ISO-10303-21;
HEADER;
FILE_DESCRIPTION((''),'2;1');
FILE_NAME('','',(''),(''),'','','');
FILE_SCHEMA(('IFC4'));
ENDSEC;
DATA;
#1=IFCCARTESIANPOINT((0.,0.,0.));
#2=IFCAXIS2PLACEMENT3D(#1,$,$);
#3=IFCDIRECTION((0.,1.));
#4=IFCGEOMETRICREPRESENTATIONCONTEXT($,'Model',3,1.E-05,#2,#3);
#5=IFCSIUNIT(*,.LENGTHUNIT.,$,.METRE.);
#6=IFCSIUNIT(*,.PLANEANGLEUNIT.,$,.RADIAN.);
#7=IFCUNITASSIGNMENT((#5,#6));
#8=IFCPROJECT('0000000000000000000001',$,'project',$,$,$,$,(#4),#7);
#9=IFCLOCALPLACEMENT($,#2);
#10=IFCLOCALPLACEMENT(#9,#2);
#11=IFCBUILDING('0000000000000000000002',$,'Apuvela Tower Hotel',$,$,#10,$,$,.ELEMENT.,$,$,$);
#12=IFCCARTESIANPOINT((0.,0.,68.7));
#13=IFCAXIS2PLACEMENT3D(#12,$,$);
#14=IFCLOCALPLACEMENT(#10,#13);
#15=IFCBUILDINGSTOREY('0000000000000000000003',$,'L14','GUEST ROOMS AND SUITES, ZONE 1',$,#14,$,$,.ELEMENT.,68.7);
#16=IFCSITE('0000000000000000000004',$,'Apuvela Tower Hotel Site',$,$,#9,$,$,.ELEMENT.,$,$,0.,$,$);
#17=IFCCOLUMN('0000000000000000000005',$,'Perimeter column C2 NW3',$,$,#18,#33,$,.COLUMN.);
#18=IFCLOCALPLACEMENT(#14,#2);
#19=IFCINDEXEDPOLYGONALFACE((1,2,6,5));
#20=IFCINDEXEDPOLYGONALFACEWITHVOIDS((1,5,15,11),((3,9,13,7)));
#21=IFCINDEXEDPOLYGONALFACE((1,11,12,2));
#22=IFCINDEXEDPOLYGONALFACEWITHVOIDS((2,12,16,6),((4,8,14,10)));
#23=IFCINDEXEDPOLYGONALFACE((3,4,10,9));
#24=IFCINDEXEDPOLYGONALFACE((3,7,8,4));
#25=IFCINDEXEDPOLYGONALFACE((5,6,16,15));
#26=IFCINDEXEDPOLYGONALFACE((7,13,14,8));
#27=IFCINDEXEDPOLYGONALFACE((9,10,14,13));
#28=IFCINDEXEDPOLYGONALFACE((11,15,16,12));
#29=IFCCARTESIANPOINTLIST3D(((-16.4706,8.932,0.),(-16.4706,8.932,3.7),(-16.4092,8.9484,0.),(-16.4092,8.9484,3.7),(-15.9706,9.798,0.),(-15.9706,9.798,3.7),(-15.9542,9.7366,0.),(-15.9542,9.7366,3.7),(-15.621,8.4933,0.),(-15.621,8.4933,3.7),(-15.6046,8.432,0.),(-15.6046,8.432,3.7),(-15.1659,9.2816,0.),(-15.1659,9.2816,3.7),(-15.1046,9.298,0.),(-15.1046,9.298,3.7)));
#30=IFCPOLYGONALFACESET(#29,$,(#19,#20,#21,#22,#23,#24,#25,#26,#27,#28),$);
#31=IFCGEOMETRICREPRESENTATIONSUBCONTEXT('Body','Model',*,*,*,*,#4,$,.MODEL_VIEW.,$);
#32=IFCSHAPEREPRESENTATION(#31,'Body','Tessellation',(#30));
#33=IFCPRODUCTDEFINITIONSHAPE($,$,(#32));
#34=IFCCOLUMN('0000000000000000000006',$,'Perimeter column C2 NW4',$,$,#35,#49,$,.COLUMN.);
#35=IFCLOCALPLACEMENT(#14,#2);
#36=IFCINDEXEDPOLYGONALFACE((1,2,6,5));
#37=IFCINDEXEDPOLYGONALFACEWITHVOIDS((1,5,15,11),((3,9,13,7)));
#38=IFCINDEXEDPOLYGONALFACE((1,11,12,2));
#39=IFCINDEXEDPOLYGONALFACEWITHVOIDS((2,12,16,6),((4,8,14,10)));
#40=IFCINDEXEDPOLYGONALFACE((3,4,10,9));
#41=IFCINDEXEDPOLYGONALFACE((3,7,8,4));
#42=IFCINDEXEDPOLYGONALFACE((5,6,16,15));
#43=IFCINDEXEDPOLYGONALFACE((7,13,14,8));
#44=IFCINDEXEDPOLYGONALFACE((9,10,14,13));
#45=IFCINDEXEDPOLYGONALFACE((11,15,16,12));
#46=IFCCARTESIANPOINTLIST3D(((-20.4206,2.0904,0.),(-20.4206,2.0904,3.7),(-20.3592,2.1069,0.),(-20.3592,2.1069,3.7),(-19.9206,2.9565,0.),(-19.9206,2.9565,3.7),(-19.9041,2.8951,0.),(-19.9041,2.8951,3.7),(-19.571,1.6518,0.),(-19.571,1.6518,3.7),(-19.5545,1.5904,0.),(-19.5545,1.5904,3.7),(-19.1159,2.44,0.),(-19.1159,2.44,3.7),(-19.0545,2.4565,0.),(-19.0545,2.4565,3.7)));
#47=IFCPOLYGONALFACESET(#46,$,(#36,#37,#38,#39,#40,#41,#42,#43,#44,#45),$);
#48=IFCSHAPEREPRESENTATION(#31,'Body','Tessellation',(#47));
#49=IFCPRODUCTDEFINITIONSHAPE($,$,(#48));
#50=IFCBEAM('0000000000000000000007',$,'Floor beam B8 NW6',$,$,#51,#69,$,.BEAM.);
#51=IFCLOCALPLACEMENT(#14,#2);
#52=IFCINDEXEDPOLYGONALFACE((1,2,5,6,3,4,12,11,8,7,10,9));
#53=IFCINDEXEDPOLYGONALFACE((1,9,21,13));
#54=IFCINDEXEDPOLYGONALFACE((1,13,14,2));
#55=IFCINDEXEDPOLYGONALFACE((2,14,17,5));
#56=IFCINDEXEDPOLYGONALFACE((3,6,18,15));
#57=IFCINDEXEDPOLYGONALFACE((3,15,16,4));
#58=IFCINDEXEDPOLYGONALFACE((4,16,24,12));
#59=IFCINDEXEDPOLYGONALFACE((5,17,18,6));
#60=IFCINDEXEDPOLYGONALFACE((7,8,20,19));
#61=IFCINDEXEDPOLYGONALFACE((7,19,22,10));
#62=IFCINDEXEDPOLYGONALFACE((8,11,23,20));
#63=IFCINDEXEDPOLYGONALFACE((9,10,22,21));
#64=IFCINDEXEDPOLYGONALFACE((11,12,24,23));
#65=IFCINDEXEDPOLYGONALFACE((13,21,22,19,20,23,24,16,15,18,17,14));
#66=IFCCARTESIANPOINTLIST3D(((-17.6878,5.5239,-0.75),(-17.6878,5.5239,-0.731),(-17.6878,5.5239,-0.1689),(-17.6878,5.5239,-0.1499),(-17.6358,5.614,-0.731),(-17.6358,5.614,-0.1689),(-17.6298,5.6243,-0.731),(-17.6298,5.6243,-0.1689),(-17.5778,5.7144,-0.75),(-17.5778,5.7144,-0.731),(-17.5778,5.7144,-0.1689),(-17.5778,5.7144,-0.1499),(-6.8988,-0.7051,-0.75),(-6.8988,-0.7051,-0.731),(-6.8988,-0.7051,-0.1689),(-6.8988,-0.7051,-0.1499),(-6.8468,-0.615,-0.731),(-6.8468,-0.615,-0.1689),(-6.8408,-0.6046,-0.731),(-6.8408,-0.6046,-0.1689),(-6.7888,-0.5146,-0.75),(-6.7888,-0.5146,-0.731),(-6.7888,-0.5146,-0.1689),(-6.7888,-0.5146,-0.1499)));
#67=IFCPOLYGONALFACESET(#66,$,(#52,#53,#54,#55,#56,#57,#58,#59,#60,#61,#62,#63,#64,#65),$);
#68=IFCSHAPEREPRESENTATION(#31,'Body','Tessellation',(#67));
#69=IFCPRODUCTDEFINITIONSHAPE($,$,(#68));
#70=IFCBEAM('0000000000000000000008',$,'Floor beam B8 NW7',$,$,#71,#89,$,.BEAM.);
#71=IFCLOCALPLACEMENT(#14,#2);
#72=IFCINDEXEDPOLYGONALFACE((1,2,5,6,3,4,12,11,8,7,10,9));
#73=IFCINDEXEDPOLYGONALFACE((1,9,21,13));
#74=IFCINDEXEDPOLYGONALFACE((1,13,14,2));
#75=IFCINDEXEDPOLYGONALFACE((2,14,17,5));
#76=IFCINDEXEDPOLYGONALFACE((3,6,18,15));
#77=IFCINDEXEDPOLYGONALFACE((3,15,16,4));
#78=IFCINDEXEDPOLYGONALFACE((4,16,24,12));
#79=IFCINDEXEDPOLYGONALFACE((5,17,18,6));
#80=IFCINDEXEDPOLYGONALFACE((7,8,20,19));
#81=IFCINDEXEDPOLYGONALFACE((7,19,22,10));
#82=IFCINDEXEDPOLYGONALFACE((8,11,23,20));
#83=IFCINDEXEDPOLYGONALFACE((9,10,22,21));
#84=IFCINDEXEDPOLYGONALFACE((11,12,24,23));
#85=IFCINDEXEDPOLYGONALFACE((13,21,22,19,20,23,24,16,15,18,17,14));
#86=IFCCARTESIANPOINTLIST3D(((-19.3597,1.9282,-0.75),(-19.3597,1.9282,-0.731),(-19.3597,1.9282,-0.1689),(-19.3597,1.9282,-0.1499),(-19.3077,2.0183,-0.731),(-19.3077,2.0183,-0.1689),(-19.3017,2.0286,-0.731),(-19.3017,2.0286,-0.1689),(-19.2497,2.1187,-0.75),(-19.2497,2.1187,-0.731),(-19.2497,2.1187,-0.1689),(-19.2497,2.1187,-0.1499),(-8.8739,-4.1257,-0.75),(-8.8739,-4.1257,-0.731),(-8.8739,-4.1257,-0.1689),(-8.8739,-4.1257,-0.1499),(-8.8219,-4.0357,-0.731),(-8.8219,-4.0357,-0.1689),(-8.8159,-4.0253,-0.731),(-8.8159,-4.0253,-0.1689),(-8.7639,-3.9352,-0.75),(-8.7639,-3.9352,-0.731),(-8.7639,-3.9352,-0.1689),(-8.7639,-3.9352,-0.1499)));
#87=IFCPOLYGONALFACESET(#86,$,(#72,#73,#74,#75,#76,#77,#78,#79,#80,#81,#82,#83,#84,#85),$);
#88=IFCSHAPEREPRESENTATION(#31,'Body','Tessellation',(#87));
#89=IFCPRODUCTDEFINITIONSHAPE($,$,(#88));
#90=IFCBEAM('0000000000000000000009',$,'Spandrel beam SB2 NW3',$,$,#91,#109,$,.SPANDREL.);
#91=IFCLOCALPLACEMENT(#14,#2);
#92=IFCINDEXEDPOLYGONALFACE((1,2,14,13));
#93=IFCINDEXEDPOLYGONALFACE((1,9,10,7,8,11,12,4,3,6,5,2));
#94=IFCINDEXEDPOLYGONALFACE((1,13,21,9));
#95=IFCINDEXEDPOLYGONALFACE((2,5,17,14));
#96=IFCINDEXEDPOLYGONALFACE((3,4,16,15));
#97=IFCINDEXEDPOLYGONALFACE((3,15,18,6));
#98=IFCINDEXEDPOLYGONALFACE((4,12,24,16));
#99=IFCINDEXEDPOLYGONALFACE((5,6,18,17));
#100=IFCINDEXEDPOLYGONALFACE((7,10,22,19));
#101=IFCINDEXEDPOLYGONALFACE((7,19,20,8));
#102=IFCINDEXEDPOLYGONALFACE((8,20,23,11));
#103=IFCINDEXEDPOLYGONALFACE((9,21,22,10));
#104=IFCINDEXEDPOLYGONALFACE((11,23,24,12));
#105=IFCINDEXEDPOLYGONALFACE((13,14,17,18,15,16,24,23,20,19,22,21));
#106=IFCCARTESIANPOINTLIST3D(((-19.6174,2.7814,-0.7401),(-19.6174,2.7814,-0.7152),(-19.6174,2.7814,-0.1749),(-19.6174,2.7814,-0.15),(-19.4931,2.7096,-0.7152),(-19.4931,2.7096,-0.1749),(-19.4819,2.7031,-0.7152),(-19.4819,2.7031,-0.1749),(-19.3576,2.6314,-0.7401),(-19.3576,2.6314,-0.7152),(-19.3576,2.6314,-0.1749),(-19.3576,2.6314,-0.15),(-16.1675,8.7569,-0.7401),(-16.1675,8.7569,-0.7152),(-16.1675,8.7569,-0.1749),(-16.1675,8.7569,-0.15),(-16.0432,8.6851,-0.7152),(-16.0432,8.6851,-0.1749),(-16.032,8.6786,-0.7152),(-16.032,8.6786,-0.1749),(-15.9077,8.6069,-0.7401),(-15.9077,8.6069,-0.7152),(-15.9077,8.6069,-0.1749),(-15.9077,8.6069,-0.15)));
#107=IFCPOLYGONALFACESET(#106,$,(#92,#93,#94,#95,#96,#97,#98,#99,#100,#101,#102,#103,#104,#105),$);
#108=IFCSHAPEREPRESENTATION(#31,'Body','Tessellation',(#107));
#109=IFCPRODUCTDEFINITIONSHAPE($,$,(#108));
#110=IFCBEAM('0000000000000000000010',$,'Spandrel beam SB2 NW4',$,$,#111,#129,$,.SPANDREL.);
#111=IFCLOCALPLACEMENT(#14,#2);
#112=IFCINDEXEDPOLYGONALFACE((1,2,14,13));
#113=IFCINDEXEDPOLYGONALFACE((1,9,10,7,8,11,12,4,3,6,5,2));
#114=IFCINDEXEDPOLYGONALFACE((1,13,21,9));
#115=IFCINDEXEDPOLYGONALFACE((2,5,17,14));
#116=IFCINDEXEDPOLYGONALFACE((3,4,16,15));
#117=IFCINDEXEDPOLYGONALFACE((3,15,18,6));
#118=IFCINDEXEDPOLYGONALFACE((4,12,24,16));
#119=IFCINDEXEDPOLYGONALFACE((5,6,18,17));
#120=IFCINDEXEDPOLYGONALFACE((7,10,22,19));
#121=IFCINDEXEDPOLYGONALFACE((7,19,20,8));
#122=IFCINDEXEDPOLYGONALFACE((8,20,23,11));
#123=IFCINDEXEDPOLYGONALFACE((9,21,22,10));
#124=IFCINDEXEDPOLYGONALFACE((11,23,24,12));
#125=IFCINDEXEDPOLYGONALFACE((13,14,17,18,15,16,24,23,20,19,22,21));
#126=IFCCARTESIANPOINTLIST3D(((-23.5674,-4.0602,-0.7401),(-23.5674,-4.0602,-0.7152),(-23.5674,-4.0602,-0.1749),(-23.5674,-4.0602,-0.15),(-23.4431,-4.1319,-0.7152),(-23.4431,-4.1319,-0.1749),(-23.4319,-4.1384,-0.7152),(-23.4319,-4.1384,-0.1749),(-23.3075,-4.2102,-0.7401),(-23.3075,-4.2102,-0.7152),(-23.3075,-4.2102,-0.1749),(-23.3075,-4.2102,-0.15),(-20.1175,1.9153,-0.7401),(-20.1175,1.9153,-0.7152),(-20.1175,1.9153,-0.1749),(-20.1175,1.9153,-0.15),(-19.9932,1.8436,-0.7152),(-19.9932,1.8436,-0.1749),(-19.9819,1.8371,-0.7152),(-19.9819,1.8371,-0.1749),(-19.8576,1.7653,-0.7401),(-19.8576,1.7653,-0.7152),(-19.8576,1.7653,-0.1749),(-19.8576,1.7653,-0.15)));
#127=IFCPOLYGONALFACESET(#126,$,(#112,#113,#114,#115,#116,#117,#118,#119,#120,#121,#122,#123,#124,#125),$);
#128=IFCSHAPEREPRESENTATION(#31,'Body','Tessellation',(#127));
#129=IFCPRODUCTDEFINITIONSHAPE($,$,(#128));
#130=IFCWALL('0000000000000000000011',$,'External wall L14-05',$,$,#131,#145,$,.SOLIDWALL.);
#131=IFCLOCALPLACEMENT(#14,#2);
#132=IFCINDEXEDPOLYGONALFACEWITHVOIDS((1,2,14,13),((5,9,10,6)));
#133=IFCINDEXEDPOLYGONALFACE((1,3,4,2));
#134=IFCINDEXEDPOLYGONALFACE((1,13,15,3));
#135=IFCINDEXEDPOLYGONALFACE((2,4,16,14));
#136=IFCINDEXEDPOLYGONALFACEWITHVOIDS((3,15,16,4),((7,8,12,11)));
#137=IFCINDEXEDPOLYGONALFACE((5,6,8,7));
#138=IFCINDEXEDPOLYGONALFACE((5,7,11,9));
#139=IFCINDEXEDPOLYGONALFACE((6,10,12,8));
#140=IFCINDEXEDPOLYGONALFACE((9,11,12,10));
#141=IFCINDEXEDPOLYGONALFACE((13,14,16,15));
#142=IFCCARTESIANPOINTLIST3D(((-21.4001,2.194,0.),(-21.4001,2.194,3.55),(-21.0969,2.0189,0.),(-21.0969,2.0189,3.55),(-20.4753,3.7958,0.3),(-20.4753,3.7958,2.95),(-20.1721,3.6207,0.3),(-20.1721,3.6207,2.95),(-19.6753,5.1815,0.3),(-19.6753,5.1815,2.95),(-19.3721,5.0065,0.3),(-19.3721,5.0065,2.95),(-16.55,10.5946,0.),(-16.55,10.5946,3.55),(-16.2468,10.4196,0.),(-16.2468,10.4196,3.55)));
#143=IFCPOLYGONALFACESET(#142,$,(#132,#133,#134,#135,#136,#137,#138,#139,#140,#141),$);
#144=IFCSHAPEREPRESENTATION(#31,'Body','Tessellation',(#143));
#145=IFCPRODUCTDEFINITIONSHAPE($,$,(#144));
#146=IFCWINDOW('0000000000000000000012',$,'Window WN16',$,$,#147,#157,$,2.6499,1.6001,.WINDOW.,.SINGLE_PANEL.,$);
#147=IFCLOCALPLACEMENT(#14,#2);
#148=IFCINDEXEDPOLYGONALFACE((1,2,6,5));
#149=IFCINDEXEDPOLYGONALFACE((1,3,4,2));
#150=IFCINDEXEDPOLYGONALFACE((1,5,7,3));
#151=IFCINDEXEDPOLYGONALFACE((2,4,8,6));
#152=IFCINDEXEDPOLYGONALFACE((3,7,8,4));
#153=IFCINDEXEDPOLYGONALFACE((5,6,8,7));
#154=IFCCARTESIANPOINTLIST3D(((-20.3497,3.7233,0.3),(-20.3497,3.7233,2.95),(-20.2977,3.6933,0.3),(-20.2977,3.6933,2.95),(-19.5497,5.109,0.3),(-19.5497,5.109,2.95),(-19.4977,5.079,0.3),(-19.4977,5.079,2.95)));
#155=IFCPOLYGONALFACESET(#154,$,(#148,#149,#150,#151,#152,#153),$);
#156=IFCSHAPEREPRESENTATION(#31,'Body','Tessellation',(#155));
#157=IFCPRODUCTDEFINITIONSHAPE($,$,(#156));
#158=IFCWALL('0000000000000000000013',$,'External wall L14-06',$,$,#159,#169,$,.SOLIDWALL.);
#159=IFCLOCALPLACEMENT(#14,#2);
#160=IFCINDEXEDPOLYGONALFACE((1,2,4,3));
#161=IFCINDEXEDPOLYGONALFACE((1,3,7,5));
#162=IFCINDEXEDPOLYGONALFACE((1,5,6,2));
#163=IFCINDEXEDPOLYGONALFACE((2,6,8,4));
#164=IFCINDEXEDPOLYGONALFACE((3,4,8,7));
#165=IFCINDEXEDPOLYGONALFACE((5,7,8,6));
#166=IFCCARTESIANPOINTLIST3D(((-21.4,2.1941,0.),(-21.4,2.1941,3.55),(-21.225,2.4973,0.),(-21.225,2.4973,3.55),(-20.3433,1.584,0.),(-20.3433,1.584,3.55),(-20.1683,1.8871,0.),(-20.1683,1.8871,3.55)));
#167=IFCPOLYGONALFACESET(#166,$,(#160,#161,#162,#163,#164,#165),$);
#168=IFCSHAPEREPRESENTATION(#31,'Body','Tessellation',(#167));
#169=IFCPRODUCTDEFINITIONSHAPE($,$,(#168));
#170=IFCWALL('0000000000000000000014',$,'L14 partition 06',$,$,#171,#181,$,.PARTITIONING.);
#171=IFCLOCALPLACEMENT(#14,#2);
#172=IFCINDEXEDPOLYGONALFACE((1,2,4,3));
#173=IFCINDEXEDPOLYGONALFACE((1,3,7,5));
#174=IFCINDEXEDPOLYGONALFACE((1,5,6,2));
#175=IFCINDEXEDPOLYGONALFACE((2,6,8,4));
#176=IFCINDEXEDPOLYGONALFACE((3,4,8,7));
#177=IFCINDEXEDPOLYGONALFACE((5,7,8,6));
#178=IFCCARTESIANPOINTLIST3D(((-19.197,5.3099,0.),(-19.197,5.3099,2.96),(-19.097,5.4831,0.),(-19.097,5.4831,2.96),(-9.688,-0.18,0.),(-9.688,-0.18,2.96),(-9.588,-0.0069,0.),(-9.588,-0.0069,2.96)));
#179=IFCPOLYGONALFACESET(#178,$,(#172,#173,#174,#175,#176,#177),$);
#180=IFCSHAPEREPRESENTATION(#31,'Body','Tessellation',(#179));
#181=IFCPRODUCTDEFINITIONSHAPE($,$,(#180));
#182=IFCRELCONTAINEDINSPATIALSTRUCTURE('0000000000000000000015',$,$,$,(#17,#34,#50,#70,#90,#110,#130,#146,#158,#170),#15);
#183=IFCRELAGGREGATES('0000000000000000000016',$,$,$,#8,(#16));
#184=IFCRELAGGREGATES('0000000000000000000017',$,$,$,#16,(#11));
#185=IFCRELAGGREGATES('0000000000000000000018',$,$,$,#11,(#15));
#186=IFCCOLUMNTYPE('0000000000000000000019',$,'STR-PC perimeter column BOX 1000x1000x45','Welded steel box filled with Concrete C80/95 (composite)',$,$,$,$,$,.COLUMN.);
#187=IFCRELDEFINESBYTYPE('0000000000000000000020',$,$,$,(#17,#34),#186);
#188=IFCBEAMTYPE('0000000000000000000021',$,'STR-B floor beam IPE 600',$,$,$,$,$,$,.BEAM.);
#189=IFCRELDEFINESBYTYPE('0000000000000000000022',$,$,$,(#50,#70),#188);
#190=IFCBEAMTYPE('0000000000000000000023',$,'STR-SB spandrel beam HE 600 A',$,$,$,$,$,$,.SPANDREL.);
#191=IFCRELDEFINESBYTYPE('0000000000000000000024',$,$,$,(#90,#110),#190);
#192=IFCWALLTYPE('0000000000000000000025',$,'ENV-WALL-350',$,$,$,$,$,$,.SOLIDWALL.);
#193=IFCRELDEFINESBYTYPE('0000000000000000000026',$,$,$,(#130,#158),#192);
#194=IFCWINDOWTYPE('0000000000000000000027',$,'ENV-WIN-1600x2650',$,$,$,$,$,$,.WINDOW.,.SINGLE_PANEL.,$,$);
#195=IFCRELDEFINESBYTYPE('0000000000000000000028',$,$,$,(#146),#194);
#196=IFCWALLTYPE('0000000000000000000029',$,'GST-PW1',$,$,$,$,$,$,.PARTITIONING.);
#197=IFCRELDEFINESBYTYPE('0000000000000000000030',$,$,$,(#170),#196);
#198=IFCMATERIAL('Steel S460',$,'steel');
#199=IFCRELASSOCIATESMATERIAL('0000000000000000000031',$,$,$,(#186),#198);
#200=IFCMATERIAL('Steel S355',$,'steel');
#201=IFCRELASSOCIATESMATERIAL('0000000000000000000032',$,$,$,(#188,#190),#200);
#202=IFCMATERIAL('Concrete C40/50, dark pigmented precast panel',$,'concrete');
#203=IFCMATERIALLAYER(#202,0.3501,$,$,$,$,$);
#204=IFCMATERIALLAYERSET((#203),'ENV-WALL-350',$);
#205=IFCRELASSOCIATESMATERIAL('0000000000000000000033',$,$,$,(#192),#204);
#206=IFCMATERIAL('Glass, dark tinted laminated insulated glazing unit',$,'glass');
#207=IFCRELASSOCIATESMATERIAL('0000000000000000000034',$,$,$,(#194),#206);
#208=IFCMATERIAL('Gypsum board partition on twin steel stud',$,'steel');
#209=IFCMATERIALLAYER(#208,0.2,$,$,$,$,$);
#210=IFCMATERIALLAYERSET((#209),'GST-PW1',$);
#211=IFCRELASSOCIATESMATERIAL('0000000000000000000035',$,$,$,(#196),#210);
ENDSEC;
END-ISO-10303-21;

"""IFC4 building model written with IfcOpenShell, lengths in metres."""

from ifc_helpers import new_model, si_unit, direction, frame, frame_2d, origin, origin_2d, place, context, subcontext, project, spatial, rectangle, hollow_rectangle, i_section, extrude, material, layer, layer_set, material_profile, profile_set, type_object, element, fill, save


model = new_model("IFC4")

# Units and contexts
model_context = context("Model", 3, precision=1e-05, world=origin(), true_north=direction((0.0, 1.0)))
body_context = subcontext(model_context, "Body", "Model", "MODEL_VIEW")
ifc_project = project(units=[si_unit("LENGTHUNIT", "METRE"), si_unit("PLANEANGLEUNIT", "RADIAN")], contexts=[model_context])

# Site, building, storey
site_placement = place(None, origin())
site = spatial("IfcSite", under=ifc_project, at=site_placement, Name="Apuvela Tower Hotel Site", CompositionType="ELEMENT", RefElevation=0.0)
building_placement = place(site_placement, origin())
building = spatial("IfcBuilding", under=site, at=building_placement, Name="Apuvela Tower Hotel", CompositionType="ELEMENT")
storey_placement = place(building_placement, frame((0.0, 0.0, 68.7)))
storey = spatial("IfcBuildingStorey", under=building, at=storey_placement, Name="L14", Description="GUEST ROOMS AND SUITES, ZONE 1", CompositionType="ELEMENT", Elevation=68.7)

# Columns
ifc_material_1 = material(Name="Steel S460", Category="steel")
ifc_material_profile_1 = material_profile(ifc_material_1, hollow_rectangle(XDim=1.0, YDim=1.0, WallThickness=0.0449, at=origin_2d()), Name="BOX 1000x1000x45")
ifc_material_2 = material(Name="Concrete C80/95", Category="concrete")
ifc_material_profile_2 = material_profile(ifc_material_2, rectangle(XDim=0.9099, YDim=0.9099, at=origin_2d()), Name="Concrete C80/95 infill")
ifc_profile_set_1 = profile_set([ifc_material_profile_1, ifc_material_profile_2], Name="Steel S460")
column_type = type_object("IfcColumnType", Name="STR-PC perimeter column BOX 1000x1000x45", Description="Welded steel box filled with Concrete C80/95 (composite)", PredefinedType="COLUMN", material=ifc_profile_set_1)
for number, where, z_axis, x_axis, name in (
    (1, (-15.7876, 9.115, 0.0), (0.0, 0.0, 1.0), (0.5, 0.866025, 0.0), "Perimeter column C2 NW3"),
    (2, (-19.7375, 2.2734, 0.0), (0.0, 0.0, 1.0), (0.5, 0.866025, 0.0), "Perimeter column C2 NW4"),
):
    element("IfcColumn", number, at=place(storey_placement, frame(where, z_axis=z_axis, x_axis=x_axis)), inside=storey, type_object=column_type, Name=name, PredefinedType="COLUMN", context=body_context, shape_type="SweptSolid", body=[
        extrude(hollow_rectangle(XDim=1.0, YDim=1.0, WallThickness=0.0449, at=origin_2d()), origin(), (0.0, 0.0, 1.0), 3.7),
    ])

# Beams
ifc_material_3 = material(Name="Steel S355", Category="steel")
ifc_material_profile_3 = material_profile(ifc_material_3, i_section(OverallWidth=0.22, OverallDepth=0.6001, WebThickness=0.012, FlangeThickness=0.019, at=origin_2d()), Name="IPE 600")
ifc_profile_set_2 = profile_set([ifc_material_profile_3], Name="Steel S355")
beam_type_1 = type_object("IfcBeamType", Name="STR-B floor beam IPE 600", PredefinedType="BEAM", material=ifc_profile_set_2)
beam_1_placement = place(storey_placement, frame((-17.6328, 5.6191, -0.45), z_axis=(0.866028, -0.499996, 0.0), x_axis=(0.499996, 0.866028, 0.0)))
element("IfcBeam", 3, at=beam_1_placement, inside=storey, type_object=beam_type_1, Name="Floor beam B8 NW6", PredefinedType="BEAM", context=body_context, shape_type="SweptSolid", body=[
    extrude(i_section(OverallWidth=0.22, OverallDepth=0.6001, WebThickness=0.012, FlangeThickness=0.019, at=origin_2d()), origin(), (0.0, 0.0, 1.0), 12.458),
])
beam_2_placement = place(storey_placement, frame((-19.3047, 2.0234, -0.45), z_axis=(0.866027, -0.499997, 0.0), x_axis=(0.499997, 0.866027, 0.0)))
element("IfcBeam", 4, at=beam_2_placement, inside=storey, type_object=beam_type_1, Name="Floor beam B8 NW7", PredefinedType="BEAM", context=body_context, shape_type="SweptSolid", body=[
    extrude(i_section(OverallWidth=0.22, OverallDepth=0.6001, WebThickness=0.012, FlangeThickness=0.019, at=origin_2d()), origin(), (0.0, 0.0, 1.0), 12.1079),
])
ifc_material_profile_4 = material_profile(ifc_material_3, i_section(OverallWidth=0.3, OverallDepth=0.5901, WebThickness=0.0129, FlangeThickness=0.0249, at=origin_2d()), Name="HE 600 A")
ifc_profile_set_3 = profile_set([ifc_material_profile_4], Name="Steel S355")
beam_type_2 = type_object("IfcBeamType", Name="STR-SB spandrel beam HE 600 A", PredefinedType="SPANDREL", material=ifc_profile_set_3)
for number, where, z_axis, x_axis, name in (
    (5, (-16.0376, 8.6819, -0.4451), (-0.499994, -0.866029, 0.0), (0.866029, -0.499994, 0.0), "Spandrel beam SB2 NW3"),
    (6, (-19.9875, 1.8403, -0.4451), (-0.499994, -0.866029, 0.0), (0.866029, -0.499994, 0.0), "Spandrel beam SB2 NW4"),
):
    element("IfcBeam", number, at=place(storey_placement, frame(where, z_axis=z_axis, x_axis=x_axis)), inside=storey, type_object=beam_type_2, Name=name, PredefinedType="SPANDREL", context=body_context, shape_type="SweptSolid", body=[
        extrude(i_section(OverallWidth=0.3, OverallDepth=0.5901, WebThickness=0.0129, FlangeThickness=0.0249, at=origin_2d()), origin(), (0.0, 0.0, 1.0), 6.8999),
    ])

# Wall, opening, window
ifc_material_4 = material(Name="Concrete C40/50, dark pigmented precast panel", Category="concrete")
ifc_layer_1 = layer(ifc_material_4, 0.3501)
ifc_layer_set_1 = layer_set([ifc_layer_1], Name="ENV-WALL-350")
wall_type_1 = type_object("IfcWallType", Name="ENV-WALL-350", PredefinedType="SOLIDWALL", material=ifc_layer_set_1)
wall_1_placement = place(storey_placement, frame((-16.3984, 10.5071, 0.0), z_axis=(0.0, 0.0, 1.0), x_axis=(-0.499999, -0.866026, 0.0)))
wall_1 = element("IfcWall", 7, at=wall_1_placement, inside=storey, type_object=wall_type_1, Name="External wall L14-05", PredefinedType="SOLIDWALL", context=body_context, shape_type="SweptSolid", body=[
    extrude(rectangle(XDim=9.7002, YDim=0.3501, at=frame_2d((4.8501, 0.0))), origin(), (0.0, 0.0, 1.0), 3.55),
])
opening_1_placement = place(wall_1_placement, frame((6.2505, 0.0, 0.3)))
opening_1 = element("IfcOpeningElement", 8, at=opening_1_placement, cuts=wall_1, PredefinedType="OPENING", context=body_context, shape_type="SweptSolid", body=[
    extrude(rectangle(XDim=1.6001, YDim=2.6499, at=frame_2d((0.8, 1.325))), frame((0.0, 0.1851, 0.0), z_axis=(0.0, -1.0, 0.0), x_axis=(1.0, 0.0, 0.0)), (0.0, 0.0, 1.0), 0.3701),
])
ifc_material_5 = material(Name="Glass, dark tinted laminated insulated glazing unit", Category="glass")
window_type_1 = type_object("IfcWindowType", Name="ENV-WIN-1600x2650", PartitioningType="SINGLE_PANEL", PredefinedType="WINDOW", material=ifc_material_5)
window_1_placement = place(opening_1_placement, origin())
window_1 = element("IfcWindow", 9, at=window_1_placement, inside=storey, type_object=window_type_1, Name="Window WN16", OverallHeight=2.6499, OverallWidth=1.6001, PartitioningType="SINGLE_PANEL", PredefinedType="WINDOW", context=body_context, shape_type="SweptSolid", body=[
    extrude(rectangle(XDim=1.6001, YDim=2.6499, at=frame_2d((0.8, 1.325))), frame((0.0, 0.03, 0.0), z_axis=(0.0, -1.0, 0.0), x_axis=(1.0, 0.0, 0.0)), (0.0, 0.0, 1.0), 0.0601),
])
fill(opening_1, window_1)

# Wall
wall_2_placement = place(storey_placement, frame((-21.3125, 2.3457, 0.0), z_axis=(0.0, 0.0, 1.0), x_axis=(0.866006, -0.500034, 0.0)))
element("IfcWall", 10, at=wall_2_placement, inside=storey, type_object=wall_type_1, Name="External wall L14-06", PredefinedType="SOLIDWALL", context=body_context, shape_type="SweptSolid", body=[
    extrude(rectangle(XDim=1.2202, YDim=0.3501, at=frame_2d((0.6101, 0.0))), origin(), (0.0, 0.0, 1.0), 3.55),
])

# Wall
ifc_material_6 = material(Name="Gypsum board partition on twin steel stud", Category="steel")
ifc_layer_2 = layer(ifc_material_6, 0.2)
ifc_layer_set_2 = layer_set([ifc_layer_2], Name="GST-PW1")
wall_type_2 = type_object("IfcWallType", Name="GST-PW1", PredefinedType="PARTITIONING", material=ifc_layer_set_2)
wall_3_placement = place(storey_placement, frame((-19.147, 5.3965, 0.0), z_axis=(0.0, 0.0, 1.0), x_axis=(0.866027, -0.499996, 0.0)))
element("IfcWall", 11, at=wall_3_placement, inside=storey, type_object=wall_type_2, Name="L14 partition 06", PredefinedType="PARTITIONING", context=body_context, shape_type="SweptSolid", body=[
    extrude(rectangle(XDim=10.98, YDim=0.2, at=frame_2d((5.49, 0.0))), origin(), (0.0, 0.0, 1.0), 2.96),
])

save(model, "model.ifc")
